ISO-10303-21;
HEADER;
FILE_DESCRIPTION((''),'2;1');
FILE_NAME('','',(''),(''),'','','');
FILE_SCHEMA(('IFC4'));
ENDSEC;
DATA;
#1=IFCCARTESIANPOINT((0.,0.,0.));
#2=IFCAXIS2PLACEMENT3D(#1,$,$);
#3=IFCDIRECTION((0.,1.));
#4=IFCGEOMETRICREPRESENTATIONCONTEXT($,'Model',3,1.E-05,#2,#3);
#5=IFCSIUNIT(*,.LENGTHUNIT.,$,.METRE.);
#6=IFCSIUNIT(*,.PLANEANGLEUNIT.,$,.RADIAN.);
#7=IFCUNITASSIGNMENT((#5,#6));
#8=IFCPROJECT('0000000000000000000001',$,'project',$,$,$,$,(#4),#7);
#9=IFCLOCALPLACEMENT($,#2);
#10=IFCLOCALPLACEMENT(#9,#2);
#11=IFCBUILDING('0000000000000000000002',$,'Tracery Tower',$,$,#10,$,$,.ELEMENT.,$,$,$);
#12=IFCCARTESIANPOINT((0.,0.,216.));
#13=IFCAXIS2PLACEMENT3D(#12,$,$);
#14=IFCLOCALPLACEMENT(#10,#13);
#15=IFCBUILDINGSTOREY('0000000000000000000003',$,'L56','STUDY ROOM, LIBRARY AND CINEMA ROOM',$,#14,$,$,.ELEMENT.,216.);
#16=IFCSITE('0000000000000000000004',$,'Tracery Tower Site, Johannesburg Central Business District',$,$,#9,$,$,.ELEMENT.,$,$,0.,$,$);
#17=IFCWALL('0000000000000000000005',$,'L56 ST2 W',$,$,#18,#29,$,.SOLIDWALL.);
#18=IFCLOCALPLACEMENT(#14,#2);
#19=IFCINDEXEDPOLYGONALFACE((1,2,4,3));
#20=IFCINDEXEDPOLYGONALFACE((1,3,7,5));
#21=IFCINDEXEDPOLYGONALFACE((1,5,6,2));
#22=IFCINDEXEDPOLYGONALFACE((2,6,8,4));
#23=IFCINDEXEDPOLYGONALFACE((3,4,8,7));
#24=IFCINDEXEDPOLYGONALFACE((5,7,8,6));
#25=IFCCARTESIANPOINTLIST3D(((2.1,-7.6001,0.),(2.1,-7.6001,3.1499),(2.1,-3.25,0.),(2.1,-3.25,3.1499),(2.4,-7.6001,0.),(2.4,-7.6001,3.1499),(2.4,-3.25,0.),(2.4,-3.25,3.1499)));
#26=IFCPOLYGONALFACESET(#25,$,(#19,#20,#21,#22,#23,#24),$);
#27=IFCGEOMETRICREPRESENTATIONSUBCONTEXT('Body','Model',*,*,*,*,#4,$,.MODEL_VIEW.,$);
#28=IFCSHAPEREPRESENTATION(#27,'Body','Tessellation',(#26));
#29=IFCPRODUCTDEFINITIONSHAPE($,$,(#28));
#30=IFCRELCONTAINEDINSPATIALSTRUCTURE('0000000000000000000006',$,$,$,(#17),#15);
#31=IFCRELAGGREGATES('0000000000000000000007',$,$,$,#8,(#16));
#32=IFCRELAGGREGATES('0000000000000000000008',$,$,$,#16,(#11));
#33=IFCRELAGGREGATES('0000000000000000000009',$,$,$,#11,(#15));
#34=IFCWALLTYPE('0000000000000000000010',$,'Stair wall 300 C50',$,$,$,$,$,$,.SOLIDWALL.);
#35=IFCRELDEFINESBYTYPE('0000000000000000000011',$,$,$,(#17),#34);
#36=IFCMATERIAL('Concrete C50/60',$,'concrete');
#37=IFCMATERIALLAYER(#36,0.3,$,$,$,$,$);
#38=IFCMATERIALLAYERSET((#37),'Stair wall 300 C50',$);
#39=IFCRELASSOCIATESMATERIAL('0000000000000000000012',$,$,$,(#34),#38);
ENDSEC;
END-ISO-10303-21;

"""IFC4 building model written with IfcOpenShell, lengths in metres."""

from ifc_helpers import new_model, si_unit, direction, frame, frame_2d, origin, place, context, subcontext, project, spatial, rectangle, extrude, material, layer, layer_set, type_object, element, save


model = new_model("IFC4")

# Units and contexts
model_context = context("Model", 3, precision=1e-05, world=origin(), true_north=direction((0.0, 1.0)))
body_context = subcontext(model_context, "Body", "Model", "MODEL_VIEW")
ifc_project = project(units=[si_unit("LENGTHUNIT", "METRE"), si_unit("PLANEANGLEUNIT", "RADIAN")], contexts=[model_context])

# Site, building, storey
site_placement = place(None, origin())
site = spatial("IfcSite", under=ifc_project, at=site_placement, Name="Tracery Tower Site, Johannesburg Central Business District", CompositionType="ELEMENT", RefElevation=0.0)
building_placement = place(site_placement, origin())
building = spatial("IfcBuilding", under=site, at=building_placement, Name="Tracery Tower", CompositionType="ELEMENT")
storey_placement = place(building_placement, frame((0.0, 0.0, 216.0)))
storey = spatial("IfcBuildingStorey", under=building, at=storey_placement, Name="L56", Description="STUDY ROOM, LIBRARY AND CINEMA ROOM", CompositionType="ELEMENT", Elevation=216.0)

# Wall
ifc_material_1 = material(Name="Concrete C50/60", Category="concrete")
ifc_layer_1 = layer(ifc_material_1, 0.3)
ifc_layer_set_1 = layer_set([ifc_layer_1], Name="Stair wall 300 C50")
wall_type_1 = type_object("IfcWallType", Name="Stair wall 300 C50", PredefinedType="SOLIDWALL", material=ifc_layer_set_1)
wall_1_placement = place(storey_placement, frame((2.25, -7.6001, 0.0), z_axis=(0.0, 0.0, 1.0), x_axis=(0.0, 1.0, 0.0)))
element("IfcWall", 1, at=wall_1_placement, inside=storey, type_object=wall_type_1, Name="L56 ST2 W", PredefinedType="SOLIDWALL", context=body_context, shape_type="SweptSolid", body=[
    extrude(rectangle(XDim=4.3501, YDim=0.3, at=frame_2d((2.175, 0.0))), origin(), (0.0, 0.0, 1.0), 3.1499),
])

save(model, "model.ifc")
